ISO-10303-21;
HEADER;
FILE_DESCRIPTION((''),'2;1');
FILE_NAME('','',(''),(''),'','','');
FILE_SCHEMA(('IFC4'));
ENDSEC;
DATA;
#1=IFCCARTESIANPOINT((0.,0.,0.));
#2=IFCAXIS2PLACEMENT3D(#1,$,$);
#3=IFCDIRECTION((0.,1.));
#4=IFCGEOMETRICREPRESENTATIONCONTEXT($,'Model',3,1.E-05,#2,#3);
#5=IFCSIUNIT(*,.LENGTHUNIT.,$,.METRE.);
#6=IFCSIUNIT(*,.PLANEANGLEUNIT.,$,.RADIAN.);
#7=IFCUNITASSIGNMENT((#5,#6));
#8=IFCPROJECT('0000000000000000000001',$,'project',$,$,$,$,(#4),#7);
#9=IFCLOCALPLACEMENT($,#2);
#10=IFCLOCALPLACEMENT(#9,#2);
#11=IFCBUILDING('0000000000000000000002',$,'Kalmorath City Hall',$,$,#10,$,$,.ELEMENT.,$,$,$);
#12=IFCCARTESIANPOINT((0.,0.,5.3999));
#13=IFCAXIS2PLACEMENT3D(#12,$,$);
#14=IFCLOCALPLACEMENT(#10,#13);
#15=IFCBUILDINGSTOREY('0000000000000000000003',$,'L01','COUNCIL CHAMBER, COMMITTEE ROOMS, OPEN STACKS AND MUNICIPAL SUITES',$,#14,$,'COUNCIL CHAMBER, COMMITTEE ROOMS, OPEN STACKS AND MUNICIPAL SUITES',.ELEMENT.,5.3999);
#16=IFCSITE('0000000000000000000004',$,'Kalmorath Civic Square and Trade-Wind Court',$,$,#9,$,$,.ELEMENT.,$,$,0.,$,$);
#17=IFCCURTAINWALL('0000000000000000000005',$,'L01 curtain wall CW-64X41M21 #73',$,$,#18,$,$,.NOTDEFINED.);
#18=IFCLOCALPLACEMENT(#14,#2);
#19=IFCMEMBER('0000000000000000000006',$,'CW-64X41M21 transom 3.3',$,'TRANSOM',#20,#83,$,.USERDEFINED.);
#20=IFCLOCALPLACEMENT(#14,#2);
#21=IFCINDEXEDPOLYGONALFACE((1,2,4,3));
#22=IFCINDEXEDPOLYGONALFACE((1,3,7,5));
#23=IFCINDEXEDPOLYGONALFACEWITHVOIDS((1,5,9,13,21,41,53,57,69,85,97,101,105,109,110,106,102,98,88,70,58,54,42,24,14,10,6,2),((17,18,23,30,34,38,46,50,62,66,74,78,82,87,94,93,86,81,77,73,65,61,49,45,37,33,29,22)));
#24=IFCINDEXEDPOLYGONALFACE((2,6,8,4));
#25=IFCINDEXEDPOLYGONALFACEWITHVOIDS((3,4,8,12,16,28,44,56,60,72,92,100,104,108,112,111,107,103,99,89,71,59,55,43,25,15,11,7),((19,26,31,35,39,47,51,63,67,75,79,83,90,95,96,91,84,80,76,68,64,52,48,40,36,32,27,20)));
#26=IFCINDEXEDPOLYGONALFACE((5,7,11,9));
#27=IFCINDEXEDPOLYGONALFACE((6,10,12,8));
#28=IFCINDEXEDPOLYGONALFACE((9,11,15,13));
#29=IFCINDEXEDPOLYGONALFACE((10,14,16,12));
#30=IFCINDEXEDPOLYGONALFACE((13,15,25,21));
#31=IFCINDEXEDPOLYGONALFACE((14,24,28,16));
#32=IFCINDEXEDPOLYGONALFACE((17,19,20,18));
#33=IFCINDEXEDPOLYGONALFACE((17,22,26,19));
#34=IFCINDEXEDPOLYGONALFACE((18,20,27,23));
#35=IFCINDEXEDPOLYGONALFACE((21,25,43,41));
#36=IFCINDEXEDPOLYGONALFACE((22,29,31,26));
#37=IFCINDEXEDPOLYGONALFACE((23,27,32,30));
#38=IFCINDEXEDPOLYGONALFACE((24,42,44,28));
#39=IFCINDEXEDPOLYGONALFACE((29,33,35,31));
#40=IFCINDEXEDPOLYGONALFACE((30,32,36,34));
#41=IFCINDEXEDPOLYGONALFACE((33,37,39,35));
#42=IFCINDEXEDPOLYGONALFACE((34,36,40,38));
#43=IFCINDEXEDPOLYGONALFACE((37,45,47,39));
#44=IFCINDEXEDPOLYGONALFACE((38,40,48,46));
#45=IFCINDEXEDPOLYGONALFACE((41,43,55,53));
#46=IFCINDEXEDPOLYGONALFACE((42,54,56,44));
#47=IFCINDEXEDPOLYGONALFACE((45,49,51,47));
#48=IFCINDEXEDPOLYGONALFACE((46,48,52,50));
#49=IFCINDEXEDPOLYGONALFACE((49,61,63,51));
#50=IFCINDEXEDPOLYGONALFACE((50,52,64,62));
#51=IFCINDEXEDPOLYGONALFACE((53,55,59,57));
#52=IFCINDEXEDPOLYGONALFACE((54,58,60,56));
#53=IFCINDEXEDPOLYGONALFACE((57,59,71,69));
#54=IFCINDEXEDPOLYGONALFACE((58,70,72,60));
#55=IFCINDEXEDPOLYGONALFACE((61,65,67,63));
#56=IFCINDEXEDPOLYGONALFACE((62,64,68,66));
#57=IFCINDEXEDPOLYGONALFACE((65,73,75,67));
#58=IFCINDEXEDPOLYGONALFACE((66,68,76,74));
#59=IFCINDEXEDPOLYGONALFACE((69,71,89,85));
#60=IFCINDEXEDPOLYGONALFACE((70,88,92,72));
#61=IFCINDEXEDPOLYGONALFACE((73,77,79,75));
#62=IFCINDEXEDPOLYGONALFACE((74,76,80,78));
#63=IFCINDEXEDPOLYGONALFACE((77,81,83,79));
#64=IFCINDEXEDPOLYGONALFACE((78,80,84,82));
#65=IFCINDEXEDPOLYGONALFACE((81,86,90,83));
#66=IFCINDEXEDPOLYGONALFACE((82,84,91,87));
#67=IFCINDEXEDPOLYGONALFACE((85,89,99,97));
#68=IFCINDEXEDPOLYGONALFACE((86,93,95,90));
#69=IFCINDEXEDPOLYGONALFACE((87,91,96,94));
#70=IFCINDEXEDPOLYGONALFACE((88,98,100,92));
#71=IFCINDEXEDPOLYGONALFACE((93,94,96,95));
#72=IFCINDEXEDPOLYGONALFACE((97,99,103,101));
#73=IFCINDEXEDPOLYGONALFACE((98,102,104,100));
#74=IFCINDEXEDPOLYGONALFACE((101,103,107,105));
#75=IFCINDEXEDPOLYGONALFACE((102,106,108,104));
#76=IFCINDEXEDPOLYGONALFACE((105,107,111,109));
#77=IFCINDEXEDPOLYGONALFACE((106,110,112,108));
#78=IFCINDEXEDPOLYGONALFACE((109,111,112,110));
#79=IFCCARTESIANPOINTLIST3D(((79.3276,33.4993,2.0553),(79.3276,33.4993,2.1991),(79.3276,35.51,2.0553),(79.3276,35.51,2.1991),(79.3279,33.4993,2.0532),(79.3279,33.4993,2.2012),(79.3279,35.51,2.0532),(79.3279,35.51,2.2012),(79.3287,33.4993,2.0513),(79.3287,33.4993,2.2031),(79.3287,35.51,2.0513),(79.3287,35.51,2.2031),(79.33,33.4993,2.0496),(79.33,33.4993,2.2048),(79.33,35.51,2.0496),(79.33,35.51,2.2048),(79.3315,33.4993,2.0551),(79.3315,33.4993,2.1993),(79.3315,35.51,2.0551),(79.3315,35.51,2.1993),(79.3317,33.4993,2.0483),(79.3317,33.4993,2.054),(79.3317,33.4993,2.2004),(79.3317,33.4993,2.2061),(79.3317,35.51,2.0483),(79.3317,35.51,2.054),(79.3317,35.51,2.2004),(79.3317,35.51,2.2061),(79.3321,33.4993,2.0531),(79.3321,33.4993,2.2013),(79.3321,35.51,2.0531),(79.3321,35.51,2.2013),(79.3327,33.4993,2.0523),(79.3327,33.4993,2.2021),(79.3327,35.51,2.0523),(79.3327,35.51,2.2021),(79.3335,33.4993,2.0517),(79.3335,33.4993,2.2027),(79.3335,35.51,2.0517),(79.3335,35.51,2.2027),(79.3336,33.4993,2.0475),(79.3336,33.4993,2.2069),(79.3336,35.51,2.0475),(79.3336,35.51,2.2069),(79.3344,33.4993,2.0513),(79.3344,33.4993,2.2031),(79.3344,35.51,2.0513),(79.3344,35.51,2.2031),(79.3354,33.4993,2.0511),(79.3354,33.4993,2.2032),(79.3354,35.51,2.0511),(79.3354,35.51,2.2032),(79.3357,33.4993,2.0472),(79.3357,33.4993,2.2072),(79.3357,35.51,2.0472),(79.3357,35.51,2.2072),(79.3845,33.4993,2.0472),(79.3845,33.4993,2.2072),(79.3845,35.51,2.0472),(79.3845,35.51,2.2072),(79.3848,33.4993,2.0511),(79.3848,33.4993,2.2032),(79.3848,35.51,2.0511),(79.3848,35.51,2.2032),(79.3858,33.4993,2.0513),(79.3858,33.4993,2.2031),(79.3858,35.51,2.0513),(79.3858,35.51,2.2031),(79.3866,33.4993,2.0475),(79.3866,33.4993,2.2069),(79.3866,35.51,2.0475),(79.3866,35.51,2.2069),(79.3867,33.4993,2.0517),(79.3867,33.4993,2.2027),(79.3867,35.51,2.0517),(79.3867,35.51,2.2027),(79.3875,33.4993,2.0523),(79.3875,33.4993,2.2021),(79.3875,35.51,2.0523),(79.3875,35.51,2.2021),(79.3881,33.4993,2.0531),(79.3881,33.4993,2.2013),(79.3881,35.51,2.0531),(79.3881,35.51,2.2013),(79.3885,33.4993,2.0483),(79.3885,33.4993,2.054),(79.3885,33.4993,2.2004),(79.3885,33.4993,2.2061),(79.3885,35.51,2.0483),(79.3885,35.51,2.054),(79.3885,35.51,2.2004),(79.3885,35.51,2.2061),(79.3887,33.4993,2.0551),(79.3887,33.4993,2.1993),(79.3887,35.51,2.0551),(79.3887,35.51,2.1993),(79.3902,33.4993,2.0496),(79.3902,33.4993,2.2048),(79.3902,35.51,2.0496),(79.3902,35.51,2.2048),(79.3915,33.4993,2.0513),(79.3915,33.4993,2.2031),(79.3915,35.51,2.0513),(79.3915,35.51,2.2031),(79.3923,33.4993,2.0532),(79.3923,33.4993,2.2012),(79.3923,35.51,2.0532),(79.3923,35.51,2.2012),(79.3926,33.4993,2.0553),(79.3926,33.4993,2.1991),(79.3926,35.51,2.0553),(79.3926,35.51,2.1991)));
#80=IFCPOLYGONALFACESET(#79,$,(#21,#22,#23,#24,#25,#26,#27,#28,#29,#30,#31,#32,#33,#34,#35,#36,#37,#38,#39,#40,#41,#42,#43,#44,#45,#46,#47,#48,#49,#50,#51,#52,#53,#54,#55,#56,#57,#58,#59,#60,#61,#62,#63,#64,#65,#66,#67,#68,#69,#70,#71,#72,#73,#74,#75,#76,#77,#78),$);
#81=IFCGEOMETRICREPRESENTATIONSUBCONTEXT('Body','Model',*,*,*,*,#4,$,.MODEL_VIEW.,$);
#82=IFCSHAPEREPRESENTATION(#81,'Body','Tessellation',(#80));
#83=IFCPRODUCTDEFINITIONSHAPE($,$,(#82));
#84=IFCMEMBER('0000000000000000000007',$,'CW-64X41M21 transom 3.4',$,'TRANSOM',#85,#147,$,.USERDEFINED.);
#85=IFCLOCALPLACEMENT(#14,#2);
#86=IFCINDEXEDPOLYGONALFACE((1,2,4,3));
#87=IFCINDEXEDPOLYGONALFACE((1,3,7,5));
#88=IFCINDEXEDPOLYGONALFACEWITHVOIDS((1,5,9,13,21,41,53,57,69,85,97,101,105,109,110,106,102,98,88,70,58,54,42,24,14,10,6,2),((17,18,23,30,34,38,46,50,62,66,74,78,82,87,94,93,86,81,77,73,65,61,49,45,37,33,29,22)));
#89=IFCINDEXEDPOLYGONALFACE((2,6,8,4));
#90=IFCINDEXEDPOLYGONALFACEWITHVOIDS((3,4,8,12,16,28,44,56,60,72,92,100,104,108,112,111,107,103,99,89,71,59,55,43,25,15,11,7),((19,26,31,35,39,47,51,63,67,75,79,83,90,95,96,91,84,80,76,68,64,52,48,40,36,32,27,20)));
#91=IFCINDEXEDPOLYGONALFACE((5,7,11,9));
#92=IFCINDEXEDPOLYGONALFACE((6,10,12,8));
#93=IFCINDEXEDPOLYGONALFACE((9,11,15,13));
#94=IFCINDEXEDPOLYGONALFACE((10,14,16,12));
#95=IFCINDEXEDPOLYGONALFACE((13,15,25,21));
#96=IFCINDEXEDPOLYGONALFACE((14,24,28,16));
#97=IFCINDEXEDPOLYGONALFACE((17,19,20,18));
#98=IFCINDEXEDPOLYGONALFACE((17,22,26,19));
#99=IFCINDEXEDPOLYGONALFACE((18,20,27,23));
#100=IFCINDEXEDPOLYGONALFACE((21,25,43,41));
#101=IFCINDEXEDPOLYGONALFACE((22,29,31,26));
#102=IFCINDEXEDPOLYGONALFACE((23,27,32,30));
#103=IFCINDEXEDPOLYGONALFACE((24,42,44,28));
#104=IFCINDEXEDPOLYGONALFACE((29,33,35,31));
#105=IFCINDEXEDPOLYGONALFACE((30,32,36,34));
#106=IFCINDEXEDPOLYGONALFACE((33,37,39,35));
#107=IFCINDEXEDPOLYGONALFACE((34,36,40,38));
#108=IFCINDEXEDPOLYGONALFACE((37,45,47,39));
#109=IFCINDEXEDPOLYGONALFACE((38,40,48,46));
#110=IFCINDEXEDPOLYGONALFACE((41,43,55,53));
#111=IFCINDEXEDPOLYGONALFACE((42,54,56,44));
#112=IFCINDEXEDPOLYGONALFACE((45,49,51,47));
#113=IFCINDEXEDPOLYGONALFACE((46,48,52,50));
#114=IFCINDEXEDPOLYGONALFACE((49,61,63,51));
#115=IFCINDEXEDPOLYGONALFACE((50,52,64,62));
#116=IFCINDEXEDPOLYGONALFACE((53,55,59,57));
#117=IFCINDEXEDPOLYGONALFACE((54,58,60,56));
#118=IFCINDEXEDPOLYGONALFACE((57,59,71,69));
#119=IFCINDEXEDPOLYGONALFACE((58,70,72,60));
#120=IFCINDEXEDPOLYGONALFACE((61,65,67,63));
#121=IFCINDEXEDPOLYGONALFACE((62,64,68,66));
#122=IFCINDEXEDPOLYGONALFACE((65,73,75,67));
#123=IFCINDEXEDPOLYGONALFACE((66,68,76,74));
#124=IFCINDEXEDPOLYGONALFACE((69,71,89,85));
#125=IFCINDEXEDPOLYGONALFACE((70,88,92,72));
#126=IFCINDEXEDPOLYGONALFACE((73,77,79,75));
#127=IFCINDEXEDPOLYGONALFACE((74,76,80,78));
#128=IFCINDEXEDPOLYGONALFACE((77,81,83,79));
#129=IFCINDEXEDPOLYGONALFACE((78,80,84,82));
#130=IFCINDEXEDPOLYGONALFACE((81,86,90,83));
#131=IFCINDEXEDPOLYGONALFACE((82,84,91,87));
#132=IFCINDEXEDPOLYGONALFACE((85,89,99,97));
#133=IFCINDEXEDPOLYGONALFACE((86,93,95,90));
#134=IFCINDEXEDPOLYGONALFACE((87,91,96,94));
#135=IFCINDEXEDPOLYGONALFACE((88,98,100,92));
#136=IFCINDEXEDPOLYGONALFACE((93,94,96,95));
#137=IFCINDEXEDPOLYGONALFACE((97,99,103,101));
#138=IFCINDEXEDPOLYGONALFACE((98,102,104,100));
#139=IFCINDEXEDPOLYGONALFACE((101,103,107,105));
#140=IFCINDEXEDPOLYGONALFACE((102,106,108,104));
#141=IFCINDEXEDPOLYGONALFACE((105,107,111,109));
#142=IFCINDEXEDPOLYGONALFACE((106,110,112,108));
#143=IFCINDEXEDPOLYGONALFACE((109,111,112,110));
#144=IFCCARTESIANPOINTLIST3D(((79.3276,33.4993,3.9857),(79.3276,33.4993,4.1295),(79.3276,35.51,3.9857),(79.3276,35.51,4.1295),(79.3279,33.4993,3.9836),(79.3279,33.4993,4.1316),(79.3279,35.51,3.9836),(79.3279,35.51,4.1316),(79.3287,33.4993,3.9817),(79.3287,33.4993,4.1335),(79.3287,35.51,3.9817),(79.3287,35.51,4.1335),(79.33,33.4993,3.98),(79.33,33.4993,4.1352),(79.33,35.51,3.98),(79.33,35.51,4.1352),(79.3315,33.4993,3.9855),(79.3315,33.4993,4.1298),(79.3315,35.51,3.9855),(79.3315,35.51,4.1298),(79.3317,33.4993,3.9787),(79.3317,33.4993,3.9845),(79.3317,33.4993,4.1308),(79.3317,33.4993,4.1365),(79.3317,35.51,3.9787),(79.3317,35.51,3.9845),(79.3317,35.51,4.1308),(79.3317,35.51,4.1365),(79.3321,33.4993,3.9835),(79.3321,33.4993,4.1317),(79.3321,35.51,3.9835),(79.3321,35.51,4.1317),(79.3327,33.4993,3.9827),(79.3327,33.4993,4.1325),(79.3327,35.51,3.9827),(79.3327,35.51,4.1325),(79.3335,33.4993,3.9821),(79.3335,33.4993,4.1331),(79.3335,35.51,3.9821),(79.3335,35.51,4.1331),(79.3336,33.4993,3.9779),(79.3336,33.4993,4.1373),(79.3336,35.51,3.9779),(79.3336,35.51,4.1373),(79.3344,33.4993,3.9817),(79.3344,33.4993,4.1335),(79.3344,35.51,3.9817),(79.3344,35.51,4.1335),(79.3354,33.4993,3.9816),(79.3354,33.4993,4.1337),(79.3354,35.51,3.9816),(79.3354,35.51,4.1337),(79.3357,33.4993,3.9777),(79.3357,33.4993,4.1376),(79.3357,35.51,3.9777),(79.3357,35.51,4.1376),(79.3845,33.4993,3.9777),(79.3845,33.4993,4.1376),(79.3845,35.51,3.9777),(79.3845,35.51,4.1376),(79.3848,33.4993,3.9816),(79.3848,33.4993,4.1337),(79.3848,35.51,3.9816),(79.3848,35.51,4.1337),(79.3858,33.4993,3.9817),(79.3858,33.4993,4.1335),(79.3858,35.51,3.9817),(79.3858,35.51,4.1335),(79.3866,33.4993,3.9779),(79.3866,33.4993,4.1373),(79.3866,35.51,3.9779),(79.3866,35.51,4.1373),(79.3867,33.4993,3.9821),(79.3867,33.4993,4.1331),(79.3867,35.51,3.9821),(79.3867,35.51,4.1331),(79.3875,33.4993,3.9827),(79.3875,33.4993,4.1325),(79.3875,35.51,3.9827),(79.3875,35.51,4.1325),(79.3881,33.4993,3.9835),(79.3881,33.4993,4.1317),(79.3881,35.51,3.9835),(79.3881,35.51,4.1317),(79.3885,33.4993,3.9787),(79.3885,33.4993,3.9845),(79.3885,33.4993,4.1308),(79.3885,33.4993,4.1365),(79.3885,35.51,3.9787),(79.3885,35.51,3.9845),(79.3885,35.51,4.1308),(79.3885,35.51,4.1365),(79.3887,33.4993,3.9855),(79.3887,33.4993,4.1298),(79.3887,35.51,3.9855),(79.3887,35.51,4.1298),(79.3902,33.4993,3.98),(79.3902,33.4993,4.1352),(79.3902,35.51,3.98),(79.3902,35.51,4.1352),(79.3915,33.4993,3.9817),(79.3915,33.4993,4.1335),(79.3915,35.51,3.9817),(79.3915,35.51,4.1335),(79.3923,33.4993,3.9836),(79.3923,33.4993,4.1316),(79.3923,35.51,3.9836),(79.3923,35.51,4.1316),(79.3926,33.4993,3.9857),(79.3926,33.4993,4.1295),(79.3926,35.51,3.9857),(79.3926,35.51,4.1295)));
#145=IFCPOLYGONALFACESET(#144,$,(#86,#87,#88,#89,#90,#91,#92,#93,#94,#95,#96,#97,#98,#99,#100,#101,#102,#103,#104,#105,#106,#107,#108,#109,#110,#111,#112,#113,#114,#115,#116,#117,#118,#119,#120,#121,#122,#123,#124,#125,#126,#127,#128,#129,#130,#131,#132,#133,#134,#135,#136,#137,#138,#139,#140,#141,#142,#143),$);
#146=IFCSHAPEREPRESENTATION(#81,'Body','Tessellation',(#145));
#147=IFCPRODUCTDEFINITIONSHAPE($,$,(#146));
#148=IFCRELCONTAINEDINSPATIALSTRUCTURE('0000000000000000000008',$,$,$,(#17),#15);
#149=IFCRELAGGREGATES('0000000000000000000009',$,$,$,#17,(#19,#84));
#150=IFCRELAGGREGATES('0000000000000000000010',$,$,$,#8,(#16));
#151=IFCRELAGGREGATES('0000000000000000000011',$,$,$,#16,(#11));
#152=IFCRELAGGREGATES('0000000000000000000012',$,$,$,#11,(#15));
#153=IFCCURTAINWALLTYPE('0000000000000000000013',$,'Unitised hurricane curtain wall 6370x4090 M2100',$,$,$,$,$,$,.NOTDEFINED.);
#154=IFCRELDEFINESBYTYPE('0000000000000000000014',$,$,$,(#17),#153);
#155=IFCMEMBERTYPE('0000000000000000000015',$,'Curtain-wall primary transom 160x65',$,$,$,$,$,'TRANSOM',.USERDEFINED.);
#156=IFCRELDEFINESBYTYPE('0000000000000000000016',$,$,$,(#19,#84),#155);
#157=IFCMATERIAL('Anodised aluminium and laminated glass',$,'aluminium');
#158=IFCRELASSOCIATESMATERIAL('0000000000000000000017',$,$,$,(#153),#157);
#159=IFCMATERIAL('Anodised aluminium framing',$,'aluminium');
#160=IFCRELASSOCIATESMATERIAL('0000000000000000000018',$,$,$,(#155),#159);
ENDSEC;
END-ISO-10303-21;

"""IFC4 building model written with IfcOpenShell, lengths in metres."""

from ifc_helpers import new_model, si_unit, direction, frame, origin, origin_2d, place, context, subcontext, project, spatial, hollow_rectangle, extrude, material, material_profile, profile_set, type_object, element, aggregate, save


model = new_model("IFC4")

# Units and contexts
model_context = context("Model", 3, precision=1e-05, world=origin(), true_north=direction((0.0, 1.0)))
body_context = subcontext(model_context, "Body", "Model", "MODEL_VIEW")
ifc_project = project(units=[si_unit("LENGTHUNIT", "METRE"), si_unit("PLANEANGLEUNIT", "RADIAN")], contexts=[model_context])

# Site, building, storey
site_placement = place(None, origin())
site = spatial("IfcSite", under=ifc_project, at=site_placement, Name="Kalmorath Civic Square and Trade-Wind Court", CompositionType="ELEMENT", RefElevation=0.0)
building_placement = place(site_placement, origin())
building = spatial("IfcBuilding", under=site, at=building_placement, Name="Kalmorath City Hall", CompositionType="ELEMENT")
storey_placement = place(building_placement, frame((0.0, 0.0, 5.3999)))
storey = spatial("IfcBuildingStorey", under=building, at=storey_placement, Name="L01", Description="COUNCIL CHAMBER, COMMITTEE ROOMS, OPEN STACKS AND MUNICIPAL SUITES", LongName="COUNCIL CHAMBER, COMMITTEE ROOMS, OPEN STACKS AND MUNICIPAL SUITES", CompositionType="ELEMENT", Elevation=5.3999)

# Curtain wall
ifc_material_1 = material(Name="Anodised aluminium and laminated glass", Category="aluminium")
curtain_wall_type_1 = type_object("IfcCurtainWallType", Name="Unitised hurricane curtain wall 6370x4090 M2100", PredefinedType="NOTDEFINED", material=ifc_material_1)
curtain_wall_1_placement = place(storey_placement, origin())
curtain_wall_1 = element("IfcCurtainWall", 1, at=curtain_wall_1_placement, inside=storey, type_object=curtain_wall_type_1, Name="L01 curtain wall CW-64X41M21 #73", PredefinedType="NOTDEFINED")

# Members
ifc_material_2 = material(Name="Anodised aluminium framing", Category="aluminium")
ifc_material_profile_1 = material_profile(ifc_material_2, hollow_rectangle(XDim=0.0649, YDim=0.1599, WallThickness=0.0039, InnerFilletRadius=0.0039, OuterFilletRadius=0.0081, at=origin_2d()), Name="ALU-TRN-160X65X4")
ifc_profile_set_1 = profile_set([ifc_material_profile_1], Name="Anodised aluminium framing")
member_type_1 = type_object("IfcMemberType", Name="Curtain-wall primary transom 160x65", ElementType="TRANSOM", PredefinedType="USERDEFINED", material=ifc_profile_set_1)
member_1_placement = place(storey_placement, frame((79.3601, 33.4993, 2.1272), z_axis=(0.0, 1.0, 0.0), x_axis=(-1.0, 0.0, 0.0)))
member_1 = element("IfcMember", 2, at=member_1_placement, type_object=member_type_1, Name="CW-64X41M21 transom 3.3", ObjectType="TRANSOM", PredefinedType="USERDEFINED", context=body_context, shape_type="SweptSolid", body=[
    extrude(hollow_rectangle(XDim=0.0649, YDim=0.1599, WallThickness=0.0039, InnerFilletRadius=0.0039, OuterFilletRadius=0.0081, at=origin_2d()), origin(), (0.0, 0.0, 1.0), 2.0107),
])
member_2_placement = place(storey_placement, frame((79.3601, 33.4993, 4.0576), z_axis=(0.0, 1.0, 0.0), x_axis=(-1.0, 0.0, 0.0)))
member_2 = element("IfcMember", 3, at=member_2_placement, type_object=member_type_1, Name="CW-64X41M21 transom 3.4", ObjectType="TRANSOM", PredefinedType="USERDEFINED", context=body_context, shape_type="SweptSolid", body=[
    extrude(hollow_rectangle(XDim=0.0649, YDim=0.1599, WallThickness=0.0039, InnerFilletRadius=0.0039, OuterFilletRadius=0.0081, at=origin_2d()), origin(), (0.0, 0.0, 1.0), 2.0107),
])

aggregate(curtain_wall_1, [member_1, member_2])

save(model, "model.ifc")
